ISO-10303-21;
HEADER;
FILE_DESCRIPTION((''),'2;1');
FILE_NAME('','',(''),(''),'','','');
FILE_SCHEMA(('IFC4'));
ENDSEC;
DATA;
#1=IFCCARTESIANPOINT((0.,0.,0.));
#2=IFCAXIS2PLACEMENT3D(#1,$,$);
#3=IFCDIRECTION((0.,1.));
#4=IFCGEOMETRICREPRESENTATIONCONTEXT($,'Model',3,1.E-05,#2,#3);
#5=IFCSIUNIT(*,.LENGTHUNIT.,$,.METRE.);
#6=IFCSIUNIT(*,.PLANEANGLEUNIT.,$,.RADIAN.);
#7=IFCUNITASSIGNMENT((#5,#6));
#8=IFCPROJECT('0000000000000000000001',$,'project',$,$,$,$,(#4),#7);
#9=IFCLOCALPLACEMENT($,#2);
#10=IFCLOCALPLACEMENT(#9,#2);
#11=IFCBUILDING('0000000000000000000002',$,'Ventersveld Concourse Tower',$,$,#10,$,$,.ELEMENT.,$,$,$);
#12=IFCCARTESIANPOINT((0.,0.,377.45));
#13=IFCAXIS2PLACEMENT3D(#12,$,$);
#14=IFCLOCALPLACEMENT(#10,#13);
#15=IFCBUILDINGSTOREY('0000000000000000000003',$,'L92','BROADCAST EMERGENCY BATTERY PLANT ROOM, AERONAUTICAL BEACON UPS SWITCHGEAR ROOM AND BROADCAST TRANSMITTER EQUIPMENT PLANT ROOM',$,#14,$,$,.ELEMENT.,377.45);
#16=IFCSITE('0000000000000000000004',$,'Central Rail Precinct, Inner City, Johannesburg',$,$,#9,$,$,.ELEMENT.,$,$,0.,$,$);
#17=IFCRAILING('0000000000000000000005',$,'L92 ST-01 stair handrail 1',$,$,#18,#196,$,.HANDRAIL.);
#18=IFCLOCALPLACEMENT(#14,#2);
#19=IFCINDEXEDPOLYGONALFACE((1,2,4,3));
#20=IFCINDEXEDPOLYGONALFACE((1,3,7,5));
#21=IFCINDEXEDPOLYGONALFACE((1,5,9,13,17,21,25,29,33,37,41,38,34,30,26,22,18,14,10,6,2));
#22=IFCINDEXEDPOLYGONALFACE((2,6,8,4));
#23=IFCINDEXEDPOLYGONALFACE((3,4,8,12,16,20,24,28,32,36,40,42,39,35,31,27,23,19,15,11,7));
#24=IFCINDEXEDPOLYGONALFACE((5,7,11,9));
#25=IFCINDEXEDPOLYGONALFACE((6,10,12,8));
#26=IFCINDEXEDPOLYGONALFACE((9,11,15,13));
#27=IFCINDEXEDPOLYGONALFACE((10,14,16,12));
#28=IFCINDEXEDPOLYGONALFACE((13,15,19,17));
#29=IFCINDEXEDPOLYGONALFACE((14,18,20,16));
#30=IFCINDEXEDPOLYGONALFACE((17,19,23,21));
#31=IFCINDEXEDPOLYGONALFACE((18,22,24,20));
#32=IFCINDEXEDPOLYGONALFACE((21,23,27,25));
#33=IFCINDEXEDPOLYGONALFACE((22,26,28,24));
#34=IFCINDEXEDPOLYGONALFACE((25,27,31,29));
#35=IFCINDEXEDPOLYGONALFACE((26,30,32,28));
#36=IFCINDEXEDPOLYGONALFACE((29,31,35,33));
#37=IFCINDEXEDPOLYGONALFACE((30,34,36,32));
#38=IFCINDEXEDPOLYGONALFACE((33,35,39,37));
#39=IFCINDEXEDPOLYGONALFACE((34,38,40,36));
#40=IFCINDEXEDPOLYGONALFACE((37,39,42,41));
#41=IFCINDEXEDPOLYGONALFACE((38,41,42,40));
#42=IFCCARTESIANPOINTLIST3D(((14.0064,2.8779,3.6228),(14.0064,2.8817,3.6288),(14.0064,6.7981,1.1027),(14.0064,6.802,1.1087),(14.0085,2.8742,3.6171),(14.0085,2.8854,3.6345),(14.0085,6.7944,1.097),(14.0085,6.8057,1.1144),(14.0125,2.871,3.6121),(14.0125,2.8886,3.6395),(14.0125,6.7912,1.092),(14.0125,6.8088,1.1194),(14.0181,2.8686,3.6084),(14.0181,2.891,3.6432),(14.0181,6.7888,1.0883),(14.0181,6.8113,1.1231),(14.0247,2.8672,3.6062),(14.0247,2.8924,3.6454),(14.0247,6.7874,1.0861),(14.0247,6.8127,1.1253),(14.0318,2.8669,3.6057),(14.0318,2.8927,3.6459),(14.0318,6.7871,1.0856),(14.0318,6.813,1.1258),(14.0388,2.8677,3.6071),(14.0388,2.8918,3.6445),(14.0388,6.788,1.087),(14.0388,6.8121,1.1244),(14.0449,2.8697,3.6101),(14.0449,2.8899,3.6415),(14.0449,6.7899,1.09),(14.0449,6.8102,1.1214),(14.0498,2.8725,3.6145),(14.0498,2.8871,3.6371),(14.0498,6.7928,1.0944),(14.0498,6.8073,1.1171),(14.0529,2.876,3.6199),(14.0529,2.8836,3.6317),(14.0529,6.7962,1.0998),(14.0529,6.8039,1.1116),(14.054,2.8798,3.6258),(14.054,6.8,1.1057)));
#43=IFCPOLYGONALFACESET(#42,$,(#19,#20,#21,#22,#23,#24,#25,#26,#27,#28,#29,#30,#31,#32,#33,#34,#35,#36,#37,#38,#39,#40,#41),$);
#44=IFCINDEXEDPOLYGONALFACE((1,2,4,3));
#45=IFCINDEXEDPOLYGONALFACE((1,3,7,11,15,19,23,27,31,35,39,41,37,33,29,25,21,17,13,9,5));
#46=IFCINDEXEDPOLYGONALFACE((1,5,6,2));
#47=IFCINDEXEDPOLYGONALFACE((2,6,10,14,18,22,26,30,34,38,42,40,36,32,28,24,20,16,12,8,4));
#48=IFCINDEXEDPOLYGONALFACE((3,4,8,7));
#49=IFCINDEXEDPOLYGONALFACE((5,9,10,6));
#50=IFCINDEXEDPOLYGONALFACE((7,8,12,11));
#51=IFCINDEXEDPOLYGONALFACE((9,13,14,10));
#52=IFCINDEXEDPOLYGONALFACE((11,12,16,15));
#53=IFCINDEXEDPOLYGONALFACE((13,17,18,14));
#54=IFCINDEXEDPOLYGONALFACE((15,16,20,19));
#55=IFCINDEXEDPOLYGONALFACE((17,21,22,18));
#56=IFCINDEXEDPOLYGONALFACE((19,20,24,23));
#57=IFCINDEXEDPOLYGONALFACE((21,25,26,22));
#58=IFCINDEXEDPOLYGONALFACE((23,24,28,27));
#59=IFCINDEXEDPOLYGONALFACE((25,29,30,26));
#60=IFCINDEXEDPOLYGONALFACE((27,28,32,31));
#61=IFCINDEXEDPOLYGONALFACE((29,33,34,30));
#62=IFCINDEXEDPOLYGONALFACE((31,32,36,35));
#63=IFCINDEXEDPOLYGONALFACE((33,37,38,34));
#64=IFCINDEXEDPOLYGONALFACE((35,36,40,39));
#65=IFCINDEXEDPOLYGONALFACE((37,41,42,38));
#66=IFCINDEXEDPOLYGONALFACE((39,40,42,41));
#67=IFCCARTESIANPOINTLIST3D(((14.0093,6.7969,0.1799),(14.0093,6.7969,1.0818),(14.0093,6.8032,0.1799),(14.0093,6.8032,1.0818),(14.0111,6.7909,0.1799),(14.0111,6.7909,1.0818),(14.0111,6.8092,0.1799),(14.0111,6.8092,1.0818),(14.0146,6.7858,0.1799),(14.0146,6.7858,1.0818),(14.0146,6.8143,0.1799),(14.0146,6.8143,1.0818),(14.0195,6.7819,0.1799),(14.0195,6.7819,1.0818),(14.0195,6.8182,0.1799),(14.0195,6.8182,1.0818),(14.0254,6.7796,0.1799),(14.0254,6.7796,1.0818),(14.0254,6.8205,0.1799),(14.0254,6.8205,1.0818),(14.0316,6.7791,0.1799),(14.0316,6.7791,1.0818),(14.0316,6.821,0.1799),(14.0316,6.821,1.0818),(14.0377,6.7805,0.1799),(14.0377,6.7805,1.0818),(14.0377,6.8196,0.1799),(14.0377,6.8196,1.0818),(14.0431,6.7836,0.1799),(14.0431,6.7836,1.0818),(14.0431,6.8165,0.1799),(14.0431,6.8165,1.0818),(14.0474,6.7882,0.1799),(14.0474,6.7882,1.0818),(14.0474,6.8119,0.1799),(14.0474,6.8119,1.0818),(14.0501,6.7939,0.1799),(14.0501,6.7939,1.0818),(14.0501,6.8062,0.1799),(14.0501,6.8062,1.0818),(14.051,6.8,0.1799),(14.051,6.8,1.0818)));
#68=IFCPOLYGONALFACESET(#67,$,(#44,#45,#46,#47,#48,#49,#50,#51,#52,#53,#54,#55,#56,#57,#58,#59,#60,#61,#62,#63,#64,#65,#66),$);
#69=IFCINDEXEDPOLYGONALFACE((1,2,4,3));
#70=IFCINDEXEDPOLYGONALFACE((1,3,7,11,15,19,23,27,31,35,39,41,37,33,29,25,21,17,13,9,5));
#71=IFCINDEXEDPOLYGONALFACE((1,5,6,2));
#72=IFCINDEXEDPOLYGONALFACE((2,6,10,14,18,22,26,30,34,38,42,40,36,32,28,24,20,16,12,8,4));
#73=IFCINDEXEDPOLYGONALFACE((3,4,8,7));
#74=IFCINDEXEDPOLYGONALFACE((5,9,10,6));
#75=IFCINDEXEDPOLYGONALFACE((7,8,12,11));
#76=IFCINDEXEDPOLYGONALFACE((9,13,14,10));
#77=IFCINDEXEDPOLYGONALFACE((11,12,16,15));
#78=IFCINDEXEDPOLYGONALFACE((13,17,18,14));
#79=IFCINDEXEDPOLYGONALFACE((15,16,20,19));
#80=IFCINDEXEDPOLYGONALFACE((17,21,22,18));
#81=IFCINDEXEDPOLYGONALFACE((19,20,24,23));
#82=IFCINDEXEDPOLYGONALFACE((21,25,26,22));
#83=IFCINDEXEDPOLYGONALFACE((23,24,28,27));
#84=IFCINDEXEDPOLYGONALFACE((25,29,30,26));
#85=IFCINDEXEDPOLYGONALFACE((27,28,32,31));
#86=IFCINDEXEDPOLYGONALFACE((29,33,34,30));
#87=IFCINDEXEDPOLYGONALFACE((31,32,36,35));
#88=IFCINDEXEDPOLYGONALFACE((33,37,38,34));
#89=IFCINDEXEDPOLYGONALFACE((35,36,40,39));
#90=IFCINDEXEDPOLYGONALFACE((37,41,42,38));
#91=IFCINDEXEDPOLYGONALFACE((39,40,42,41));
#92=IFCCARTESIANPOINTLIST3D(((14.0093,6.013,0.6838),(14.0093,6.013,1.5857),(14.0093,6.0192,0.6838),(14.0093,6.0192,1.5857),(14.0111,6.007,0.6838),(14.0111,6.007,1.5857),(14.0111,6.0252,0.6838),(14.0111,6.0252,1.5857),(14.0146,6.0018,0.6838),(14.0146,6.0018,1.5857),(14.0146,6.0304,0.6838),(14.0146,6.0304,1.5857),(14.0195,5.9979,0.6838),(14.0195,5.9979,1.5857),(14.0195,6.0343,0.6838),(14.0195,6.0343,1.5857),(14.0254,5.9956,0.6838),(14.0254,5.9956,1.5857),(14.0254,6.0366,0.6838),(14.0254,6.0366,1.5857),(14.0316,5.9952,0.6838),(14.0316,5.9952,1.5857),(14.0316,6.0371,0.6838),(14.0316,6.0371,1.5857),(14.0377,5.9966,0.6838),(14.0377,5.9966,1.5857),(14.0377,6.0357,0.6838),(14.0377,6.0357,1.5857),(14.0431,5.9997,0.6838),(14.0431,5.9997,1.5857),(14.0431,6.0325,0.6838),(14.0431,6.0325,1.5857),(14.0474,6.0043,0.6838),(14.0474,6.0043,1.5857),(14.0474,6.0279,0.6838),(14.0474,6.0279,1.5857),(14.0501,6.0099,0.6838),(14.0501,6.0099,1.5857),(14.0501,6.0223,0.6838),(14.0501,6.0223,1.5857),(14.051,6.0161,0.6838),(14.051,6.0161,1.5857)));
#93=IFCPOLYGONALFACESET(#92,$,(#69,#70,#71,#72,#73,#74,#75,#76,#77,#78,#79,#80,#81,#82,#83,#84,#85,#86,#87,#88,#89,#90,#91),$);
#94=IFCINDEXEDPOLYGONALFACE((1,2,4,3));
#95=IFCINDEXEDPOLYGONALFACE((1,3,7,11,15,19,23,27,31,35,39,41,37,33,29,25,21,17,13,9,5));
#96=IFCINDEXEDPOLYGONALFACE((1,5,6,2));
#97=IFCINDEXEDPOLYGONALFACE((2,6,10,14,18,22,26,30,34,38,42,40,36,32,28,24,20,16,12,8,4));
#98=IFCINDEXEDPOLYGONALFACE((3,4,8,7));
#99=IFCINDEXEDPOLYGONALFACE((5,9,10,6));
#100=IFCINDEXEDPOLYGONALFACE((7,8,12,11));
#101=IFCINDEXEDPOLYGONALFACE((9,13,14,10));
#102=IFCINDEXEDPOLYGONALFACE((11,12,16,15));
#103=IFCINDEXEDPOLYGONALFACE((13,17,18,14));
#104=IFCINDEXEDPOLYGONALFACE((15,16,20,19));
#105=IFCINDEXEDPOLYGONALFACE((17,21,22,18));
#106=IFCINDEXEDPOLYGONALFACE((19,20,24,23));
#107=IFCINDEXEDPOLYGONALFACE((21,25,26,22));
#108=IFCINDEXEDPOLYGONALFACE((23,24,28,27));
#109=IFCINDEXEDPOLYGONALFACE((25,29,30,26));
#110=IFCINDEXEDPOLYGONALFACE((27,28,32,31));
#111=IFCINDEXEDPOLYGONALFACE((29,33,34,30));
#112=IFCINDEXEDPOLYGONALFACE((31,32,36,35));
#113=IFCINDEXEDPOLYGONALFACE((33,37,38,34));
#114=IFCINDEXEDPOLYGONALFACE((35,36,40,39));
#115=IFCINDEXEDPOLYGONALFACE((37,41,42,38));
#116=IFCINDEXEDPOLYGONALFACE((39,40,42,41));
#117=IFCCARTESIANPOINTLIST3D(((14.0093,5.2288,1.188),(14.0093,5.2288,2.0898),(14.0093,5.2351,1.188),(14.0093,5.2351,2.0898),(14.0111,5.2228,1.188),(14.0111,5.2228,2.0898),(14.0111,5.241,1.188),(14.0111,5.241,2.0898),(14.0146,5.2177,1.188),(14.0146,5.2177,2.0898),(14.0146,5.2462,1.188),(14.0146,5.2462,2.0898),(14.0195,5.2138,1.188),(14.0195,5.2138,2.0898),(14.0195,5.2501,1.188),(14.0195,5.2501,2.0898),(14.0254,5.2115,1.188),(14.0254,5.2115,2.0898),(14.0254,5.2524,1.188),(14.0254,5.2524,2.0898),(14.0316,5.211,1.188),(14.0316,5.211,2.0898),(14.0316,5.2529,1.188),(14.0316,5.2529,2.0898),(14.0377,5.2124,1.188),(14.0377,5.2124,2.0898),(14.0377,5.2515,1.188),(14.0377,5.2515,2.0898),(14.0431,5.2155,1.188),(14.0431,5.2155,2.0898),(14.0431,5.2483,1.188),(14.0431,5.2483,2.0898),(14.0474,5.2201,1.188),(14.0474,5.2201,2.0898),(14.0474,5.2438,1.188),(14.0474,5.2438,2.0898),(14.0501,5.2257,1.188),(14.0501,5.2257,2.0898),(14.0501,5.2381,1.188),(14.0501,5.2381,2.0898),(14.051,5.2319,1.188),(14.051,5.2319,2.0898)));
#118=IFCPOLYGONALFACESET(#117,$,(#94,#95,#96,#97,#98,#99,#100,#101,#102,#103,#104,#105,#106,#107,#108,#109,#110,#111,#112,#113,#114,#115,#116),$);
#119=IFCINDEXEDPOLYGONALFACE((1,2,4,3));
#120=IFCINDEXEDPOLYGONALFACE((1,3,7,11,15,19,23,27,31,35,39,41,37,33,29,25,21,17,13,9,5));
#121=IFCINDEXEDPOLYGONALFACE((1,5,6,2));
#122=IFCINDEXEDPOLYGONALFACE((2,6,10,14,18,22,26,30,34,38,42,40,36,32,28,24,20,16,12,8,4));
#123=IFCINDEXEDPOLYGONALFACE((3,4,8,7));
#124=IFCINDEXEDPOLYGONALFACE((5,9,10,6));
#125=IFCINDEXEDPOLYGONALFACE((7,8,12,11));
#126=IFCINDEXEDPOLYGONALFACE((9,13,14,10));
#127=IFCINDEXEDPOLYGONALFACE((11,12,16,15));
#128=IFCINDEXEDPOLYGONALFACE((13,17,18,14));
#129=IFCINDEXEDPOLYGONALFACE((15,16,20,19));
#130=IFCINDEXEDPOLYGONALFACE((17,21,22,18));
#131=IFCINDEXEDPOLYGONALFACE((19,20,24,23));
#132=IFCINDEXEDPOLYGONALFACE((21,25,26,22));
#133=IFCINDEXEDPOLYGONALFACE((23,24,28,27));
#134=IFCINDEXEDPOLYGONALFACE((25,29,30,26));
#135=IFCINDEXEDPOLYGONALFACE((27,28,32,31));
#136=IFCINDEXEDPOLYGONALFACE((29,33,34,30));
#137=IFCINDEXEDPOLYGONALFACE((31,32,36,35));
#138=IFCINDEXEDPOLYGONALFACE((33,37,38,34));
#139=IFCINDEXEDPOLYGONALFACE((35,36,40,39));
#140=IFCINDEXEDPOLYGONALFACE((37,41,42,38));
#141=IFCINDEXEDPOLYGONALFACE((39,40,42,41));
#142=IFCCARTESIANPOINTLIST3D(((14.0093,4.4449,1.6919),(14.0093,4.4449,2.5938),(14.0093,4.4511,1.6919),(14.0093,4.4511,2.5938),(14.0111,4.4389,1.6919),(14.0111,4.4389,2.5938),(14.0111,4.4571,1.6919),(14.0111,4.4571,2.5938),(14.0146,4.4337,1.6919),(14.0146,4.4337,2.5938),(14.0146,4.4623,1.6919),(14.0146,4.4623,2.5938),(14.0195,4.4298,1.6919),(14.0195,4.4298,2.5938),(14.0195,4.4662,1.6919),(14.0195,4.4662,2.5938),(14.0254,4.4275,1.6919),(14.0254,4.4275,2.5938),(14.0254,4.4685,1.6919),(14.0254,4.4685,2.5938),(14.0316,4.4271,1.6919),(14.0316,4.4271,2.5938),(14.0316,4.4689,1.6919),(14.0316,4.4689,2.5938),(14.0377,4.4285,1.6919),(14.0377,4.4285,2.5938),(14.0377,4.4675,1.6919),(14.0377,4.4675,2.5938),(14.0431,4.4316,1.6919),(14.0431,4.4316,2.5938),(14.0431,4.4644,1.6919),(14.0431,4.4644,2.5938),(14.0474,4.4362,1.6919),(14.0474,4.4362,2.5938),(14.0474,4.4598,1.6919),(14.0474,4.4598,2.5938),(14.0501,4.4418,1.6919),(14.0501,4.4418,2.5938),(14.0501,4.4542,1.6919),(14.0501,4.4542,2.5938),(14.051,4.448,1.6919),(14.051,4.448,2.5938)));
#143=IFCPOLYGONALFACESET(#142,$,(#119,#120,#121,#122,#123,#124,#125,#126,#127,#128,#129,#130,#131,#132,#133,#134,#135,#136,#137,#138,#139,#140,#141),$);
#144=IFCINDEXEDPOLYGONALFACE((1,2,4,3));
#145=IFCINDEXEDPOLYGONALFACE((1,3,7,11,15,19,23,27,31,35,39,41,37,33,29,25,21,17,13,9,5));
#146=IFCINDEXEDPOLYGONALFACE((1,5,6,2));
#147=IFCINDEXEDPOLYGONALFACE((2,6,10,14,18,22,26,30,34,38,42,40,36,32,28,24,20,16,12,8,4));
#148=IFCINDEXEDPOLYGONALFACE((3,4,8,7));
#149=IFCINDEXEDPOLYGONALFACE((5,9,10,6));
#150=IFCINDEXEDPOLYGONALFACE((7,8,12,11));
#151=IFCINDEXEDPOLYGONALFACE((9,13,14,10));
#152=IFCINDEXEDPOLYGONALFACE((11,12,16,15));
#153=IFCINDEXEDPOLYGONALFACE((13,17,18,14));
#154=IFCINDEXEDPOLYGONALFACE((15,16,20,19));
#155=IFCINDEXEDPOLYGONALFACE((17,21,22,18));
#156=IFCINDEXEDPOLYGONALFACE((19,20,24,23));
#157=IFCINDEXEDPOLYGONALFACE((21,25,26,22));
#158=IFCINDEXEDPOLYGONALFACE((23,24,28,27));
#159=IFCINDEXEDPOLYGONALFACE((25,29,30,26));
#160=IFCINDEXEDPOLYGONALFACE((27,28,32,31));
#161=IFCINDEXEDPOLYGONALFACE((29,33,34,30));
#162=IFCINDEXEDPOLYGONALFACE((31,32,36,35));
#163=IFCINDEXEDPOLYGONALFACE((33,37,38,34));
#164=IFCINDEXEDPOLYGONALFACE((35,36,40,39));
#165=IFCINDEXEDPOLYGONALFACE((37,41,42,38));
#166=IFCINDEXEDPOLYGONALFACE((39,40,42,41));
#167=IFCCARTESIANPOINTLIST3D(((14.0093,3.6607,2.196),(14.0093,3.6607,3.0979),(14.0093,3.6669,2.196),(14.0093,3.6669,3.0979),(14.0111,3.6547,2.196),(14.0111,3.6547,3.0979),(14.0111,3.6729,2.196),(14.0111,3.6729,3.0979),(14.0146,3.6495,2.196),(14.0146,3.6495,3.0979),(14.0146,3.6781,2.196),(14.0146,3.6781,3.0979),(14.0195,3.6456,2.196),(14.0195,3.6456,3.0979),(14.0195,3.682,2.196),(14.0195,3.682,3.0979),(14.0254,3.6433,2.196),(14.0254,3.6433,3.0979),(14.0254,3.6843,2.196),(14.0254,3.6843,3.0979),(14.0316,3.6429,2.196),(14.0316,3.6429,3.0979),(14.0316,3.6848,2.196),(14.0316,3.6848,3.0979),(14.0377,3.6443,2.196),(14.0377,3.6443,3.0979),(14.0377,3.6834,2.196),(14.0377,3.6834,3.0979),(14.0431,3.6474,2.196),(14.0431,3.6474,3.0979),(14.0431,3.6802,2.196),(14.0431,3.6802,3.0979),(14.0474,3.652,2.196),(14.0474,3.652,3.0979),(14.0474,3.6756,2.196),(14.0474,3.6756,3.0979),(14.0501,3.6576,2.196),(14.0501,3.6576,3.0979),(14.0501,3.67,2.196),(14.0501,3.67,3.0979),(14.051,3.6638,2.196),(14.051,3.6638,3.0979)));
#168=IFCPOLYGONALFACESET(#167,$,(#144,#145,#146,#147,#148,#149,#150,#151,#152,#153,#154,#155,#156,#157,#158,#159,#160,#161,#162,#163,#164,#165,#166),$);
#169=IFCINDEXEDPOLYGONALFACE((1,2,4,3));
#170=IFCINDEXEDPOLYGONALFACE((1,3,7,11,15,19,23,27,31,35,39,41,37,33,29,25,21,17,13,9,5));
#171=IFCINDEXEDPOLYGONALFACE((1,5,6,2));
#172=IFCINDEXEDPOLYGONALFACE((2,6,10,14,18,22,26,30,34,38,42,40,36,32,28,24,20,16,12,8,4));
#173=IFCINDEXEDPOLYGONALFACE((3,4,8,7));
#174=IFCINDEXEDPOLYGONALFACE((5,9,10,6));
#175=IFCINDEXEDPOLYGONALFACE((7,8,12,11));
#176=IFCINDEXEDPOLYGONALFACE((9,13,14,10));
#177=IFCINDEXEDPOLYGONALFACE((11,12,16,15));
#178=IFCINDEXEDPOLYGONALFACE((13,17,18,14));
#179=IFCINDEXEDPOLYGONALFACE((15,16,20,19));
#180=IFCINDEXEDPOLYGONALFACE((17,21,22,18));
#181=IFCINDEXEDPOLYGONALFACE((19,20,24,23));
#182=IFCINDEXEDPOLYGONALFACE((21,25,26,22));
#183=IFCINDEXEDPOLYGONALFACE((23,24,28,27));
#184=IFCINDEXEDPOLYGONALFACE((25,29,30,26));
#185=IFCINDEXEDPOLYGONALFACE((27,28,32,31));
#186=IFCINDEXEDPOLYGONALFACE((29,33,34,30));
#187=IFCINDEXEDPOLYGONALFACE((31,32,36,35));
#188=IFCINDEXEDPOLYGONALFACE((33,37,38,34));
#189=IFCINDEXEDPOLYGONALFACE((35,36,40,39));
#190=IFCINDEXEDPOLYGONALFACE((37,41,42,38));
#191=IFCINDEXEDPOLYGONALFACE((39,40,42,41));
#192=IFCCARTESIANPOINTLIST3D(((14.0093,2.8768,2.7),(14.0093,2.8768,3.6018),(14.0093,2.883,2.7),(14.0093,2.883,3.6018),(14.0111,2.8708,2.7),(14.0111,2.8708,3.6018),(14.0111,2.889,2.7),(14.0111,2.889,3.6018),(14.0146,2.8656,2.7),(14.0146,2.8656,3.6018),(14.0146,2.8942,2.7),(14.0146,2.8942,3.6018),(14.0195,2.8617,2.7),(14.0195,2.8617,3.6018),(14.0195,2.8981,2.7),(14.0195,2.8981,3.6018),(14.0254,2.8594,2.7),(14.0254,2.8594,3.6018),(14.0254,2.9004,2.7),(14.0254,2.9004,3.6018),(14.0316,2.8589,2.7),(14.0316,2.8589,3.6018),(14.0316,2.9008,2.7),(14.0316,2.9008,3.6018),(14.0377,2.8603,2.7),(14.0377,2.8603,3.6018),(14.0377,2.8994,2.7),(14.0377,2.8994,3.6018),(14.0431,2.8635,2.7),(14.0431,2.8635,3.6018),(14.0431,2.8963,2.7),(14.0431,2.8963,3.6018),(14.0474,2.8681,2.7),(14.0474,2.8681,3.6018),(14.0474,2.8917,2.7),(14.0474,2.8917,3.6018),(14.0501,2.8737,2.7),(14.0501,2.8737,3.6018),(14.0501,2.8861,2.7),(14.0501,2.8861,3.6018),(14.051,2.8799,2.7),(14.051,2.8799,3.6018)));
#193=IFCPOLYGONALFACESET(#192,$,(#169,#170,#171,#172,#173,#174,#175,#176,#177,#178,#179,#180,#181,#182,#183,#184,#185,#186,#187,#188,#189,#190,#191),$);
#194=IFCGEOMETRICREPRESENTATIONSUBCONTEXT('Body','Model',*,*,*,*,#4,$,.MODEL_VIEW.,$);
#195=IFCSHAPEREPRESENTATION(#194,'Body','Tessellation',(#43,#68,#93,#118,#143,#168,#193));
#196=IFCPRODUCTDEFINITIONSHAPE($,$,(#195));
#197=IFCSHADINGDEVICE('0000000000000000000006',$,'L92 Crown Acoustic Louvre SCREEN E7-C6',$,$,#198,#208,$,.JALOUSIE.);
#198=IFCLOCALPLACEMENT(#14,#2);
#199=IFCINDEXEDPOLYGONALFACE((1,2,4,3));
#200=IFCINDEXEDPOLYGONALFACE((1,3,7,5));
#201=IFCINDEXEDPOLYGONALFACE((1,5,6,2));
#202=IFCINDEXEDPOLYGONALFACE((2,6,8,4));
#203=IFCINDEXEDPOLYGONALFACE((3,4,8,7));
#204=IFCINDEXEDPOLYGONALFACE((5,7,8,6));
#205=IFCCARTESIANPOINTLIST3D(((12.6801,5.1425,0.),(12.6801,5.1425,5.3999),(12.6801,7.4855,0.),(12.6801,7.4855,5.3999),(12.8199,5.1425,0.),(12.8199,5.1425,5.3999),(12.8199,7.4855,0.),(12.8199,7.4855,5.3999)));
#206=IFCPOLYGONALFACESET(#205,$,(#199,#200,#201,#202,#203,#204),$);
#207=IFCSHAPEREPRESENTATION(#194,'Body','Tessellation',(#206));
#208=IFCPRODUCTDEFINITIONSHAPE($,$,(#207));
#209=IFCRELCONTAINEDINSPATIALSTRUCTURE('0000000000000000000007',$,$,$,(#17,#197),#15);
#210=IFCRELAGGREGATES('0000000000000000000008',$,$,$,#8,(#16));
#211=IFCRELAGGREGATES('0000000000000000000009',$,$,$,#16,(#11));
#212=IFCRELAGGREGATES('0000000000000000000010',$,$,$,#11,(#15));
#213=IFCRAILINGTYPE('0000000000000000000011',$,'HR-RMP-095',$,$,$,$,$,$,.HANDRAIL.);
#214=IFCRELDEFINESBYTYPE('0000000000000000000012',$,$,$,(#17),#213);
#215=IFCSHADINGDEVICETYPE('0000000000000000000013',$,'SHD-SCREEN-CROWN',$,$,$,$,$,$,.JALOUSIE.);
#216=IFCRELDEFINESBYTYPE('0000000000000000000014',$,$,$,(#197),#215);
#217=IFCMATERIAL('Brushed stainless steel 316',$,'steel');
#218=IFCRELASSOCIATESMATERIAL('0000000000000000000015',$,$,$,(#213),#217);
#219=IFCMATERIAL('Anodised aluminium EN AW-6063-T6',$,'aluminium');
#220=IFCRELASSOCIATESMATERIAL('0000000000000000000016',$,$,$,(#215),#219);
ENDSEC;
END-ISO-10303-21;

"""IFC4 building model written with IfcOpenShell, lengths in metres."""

from ifc_helpers import new_model, si_unit, direction, frame, origin, origin_2d, place, context, subcontext, project, spatial, rectangle, circle, extrude, material, type_object, element, save


model = new_model("IFC4")

# Units and contexts
model_context = context("Model", 3, precision=1e-05, world=origin(), true_north=direction((0.0, 1.0)))
body_context = subcontext(model_context, "Body", "Model", "MODEL_VIEW")
ifc_project = project(units=[si_unit("LENGTHUNIT", "METRE"), si_unit("PLANEANGLEUNIT", "RADIAN")], contexts=[model_context])

# Site, building, storey
site_placement = place(None, origin())
site = spatial("IfcSite", under=ifc_project, at=site_placement, Name="Central Rail Precinct, Inner City, Johannesburg", CompositionType="ELEMENT", RefElevation=0.0)
building_placement = place(site_placement, origin())
building = spatial("IfcBuilding", under=site, at=building_placement, Name="Ventersveld Concourse Tower", CompositionType="ELEMENT")
storey_placement = place(building_placement, frame((0.0, 0.0, 377.45)))
storey = spatial("IfcBuildingStorey", under=building, at=storey_placement, Name="L92", Description="BROADCAST EMERGENCY BATTERY PLANT ROOM, AERONAUTICAL BEACON UPS SWITCHGEAR ROOM AND BROADCAST TRANSMITTER EQUIPMENT PLANT ROOM", CompositionType="ELEMENT", Elevation=377.45)

# Railing
ifc_material_1 = material(Name="Brushed stainless steel 316", Category="steel")
railing_type_1 = type_object("IfcRailingType", Name="HR-RMP-095", PredefinedType="HANDRAIL", material=ifc_material_1)
railing_1_placement = place(storey_placement, frame((14.03, 6.8, 0.1799)))
element("IfcRailing", 1, at=railing_1_placement, inside=storey, type_object=railing_type_1, Name="L92 ST-01 stair handrail 1", PredefinedType="HANDRAIL", context=body_context, shape_type="SweptSolid", body=[
    extrude(circle(Radius=0.0239, at=origin_2d()), frame((0.0, 0.0, 0.9258), z_axis=(0.0, -0.841187, 0.540744), x_axis=(1.0, 0.0, 0.0)), (0.0, 0.0, 1.0), 4.6604),
    extrude(circle(Radius=0.021, at=origin_2d()), origin(), (0.0, 0.0, 1.0), 0.9019),
    extrude(circle(Radius=0.021, at=origin_2d()), frame((0.0, -0.7839, 0.5039)), (0.0, 0.0, 1.0), 0.9019),
    extrude(circle(Radius=0.021, at=origin_2d()), frame((0.0, -1.5681, 1.0081)), (0.0, 0.0, 1.0), 0.9019),
    extrude(circle(Radius=0.021, at=origin_2d()), frame((0.0, -2.3521, 1.512)), (0.0, 0.0, 1.0), 0.9019),
    extrude(circle(Radius=0.021, at=origin_2d()), frame((0.0, -3.1362, 2.0161)), (0.0, 0.0, 1.0), 0.9019),
    extrude(circle(Radius=0.021, at=origin_2d()), frame((0.0, -3.9202, 2.52)), (0.0, 0.0, 1.0), 0.9019),
])

# Shading device
ifc_material_2 = material(Name="Anodised aluminium EN AW-6063-T6", Category="aluminium")
shading_device_type = type_object("IfcShadingDeviceType", Name="SHD-SCREEN-CROWN", PredefinedType="JALOUSIE", material=ifc_material_2)
for number, where, z_axis, x_axis, name in (
    (2, (12.75, 6.314, 0.0), (0.0, 0.0, 1.0), (0.0, -1.0, 0.0), "L92 Crown Acoustic Louvre SCREEN E7-C6"),
):
    element("IfcShadingDevice", number, at=place(storey_placement, frame(where, z_axis=z_axis, x_axis=x_axis)), inside=storey, type_object=shading_device_type, Name=name, PredefinedType="JALOUSIE", context=body_context, shape_type="SweptSolid", body=[
        extrude(rectangle(XDim=2.343, YDim=0.1399, at=origin_2d()), origin(), (0.0, 0.0, 1.0), 5.3999),
    ])

save(model, "model.ifc")
